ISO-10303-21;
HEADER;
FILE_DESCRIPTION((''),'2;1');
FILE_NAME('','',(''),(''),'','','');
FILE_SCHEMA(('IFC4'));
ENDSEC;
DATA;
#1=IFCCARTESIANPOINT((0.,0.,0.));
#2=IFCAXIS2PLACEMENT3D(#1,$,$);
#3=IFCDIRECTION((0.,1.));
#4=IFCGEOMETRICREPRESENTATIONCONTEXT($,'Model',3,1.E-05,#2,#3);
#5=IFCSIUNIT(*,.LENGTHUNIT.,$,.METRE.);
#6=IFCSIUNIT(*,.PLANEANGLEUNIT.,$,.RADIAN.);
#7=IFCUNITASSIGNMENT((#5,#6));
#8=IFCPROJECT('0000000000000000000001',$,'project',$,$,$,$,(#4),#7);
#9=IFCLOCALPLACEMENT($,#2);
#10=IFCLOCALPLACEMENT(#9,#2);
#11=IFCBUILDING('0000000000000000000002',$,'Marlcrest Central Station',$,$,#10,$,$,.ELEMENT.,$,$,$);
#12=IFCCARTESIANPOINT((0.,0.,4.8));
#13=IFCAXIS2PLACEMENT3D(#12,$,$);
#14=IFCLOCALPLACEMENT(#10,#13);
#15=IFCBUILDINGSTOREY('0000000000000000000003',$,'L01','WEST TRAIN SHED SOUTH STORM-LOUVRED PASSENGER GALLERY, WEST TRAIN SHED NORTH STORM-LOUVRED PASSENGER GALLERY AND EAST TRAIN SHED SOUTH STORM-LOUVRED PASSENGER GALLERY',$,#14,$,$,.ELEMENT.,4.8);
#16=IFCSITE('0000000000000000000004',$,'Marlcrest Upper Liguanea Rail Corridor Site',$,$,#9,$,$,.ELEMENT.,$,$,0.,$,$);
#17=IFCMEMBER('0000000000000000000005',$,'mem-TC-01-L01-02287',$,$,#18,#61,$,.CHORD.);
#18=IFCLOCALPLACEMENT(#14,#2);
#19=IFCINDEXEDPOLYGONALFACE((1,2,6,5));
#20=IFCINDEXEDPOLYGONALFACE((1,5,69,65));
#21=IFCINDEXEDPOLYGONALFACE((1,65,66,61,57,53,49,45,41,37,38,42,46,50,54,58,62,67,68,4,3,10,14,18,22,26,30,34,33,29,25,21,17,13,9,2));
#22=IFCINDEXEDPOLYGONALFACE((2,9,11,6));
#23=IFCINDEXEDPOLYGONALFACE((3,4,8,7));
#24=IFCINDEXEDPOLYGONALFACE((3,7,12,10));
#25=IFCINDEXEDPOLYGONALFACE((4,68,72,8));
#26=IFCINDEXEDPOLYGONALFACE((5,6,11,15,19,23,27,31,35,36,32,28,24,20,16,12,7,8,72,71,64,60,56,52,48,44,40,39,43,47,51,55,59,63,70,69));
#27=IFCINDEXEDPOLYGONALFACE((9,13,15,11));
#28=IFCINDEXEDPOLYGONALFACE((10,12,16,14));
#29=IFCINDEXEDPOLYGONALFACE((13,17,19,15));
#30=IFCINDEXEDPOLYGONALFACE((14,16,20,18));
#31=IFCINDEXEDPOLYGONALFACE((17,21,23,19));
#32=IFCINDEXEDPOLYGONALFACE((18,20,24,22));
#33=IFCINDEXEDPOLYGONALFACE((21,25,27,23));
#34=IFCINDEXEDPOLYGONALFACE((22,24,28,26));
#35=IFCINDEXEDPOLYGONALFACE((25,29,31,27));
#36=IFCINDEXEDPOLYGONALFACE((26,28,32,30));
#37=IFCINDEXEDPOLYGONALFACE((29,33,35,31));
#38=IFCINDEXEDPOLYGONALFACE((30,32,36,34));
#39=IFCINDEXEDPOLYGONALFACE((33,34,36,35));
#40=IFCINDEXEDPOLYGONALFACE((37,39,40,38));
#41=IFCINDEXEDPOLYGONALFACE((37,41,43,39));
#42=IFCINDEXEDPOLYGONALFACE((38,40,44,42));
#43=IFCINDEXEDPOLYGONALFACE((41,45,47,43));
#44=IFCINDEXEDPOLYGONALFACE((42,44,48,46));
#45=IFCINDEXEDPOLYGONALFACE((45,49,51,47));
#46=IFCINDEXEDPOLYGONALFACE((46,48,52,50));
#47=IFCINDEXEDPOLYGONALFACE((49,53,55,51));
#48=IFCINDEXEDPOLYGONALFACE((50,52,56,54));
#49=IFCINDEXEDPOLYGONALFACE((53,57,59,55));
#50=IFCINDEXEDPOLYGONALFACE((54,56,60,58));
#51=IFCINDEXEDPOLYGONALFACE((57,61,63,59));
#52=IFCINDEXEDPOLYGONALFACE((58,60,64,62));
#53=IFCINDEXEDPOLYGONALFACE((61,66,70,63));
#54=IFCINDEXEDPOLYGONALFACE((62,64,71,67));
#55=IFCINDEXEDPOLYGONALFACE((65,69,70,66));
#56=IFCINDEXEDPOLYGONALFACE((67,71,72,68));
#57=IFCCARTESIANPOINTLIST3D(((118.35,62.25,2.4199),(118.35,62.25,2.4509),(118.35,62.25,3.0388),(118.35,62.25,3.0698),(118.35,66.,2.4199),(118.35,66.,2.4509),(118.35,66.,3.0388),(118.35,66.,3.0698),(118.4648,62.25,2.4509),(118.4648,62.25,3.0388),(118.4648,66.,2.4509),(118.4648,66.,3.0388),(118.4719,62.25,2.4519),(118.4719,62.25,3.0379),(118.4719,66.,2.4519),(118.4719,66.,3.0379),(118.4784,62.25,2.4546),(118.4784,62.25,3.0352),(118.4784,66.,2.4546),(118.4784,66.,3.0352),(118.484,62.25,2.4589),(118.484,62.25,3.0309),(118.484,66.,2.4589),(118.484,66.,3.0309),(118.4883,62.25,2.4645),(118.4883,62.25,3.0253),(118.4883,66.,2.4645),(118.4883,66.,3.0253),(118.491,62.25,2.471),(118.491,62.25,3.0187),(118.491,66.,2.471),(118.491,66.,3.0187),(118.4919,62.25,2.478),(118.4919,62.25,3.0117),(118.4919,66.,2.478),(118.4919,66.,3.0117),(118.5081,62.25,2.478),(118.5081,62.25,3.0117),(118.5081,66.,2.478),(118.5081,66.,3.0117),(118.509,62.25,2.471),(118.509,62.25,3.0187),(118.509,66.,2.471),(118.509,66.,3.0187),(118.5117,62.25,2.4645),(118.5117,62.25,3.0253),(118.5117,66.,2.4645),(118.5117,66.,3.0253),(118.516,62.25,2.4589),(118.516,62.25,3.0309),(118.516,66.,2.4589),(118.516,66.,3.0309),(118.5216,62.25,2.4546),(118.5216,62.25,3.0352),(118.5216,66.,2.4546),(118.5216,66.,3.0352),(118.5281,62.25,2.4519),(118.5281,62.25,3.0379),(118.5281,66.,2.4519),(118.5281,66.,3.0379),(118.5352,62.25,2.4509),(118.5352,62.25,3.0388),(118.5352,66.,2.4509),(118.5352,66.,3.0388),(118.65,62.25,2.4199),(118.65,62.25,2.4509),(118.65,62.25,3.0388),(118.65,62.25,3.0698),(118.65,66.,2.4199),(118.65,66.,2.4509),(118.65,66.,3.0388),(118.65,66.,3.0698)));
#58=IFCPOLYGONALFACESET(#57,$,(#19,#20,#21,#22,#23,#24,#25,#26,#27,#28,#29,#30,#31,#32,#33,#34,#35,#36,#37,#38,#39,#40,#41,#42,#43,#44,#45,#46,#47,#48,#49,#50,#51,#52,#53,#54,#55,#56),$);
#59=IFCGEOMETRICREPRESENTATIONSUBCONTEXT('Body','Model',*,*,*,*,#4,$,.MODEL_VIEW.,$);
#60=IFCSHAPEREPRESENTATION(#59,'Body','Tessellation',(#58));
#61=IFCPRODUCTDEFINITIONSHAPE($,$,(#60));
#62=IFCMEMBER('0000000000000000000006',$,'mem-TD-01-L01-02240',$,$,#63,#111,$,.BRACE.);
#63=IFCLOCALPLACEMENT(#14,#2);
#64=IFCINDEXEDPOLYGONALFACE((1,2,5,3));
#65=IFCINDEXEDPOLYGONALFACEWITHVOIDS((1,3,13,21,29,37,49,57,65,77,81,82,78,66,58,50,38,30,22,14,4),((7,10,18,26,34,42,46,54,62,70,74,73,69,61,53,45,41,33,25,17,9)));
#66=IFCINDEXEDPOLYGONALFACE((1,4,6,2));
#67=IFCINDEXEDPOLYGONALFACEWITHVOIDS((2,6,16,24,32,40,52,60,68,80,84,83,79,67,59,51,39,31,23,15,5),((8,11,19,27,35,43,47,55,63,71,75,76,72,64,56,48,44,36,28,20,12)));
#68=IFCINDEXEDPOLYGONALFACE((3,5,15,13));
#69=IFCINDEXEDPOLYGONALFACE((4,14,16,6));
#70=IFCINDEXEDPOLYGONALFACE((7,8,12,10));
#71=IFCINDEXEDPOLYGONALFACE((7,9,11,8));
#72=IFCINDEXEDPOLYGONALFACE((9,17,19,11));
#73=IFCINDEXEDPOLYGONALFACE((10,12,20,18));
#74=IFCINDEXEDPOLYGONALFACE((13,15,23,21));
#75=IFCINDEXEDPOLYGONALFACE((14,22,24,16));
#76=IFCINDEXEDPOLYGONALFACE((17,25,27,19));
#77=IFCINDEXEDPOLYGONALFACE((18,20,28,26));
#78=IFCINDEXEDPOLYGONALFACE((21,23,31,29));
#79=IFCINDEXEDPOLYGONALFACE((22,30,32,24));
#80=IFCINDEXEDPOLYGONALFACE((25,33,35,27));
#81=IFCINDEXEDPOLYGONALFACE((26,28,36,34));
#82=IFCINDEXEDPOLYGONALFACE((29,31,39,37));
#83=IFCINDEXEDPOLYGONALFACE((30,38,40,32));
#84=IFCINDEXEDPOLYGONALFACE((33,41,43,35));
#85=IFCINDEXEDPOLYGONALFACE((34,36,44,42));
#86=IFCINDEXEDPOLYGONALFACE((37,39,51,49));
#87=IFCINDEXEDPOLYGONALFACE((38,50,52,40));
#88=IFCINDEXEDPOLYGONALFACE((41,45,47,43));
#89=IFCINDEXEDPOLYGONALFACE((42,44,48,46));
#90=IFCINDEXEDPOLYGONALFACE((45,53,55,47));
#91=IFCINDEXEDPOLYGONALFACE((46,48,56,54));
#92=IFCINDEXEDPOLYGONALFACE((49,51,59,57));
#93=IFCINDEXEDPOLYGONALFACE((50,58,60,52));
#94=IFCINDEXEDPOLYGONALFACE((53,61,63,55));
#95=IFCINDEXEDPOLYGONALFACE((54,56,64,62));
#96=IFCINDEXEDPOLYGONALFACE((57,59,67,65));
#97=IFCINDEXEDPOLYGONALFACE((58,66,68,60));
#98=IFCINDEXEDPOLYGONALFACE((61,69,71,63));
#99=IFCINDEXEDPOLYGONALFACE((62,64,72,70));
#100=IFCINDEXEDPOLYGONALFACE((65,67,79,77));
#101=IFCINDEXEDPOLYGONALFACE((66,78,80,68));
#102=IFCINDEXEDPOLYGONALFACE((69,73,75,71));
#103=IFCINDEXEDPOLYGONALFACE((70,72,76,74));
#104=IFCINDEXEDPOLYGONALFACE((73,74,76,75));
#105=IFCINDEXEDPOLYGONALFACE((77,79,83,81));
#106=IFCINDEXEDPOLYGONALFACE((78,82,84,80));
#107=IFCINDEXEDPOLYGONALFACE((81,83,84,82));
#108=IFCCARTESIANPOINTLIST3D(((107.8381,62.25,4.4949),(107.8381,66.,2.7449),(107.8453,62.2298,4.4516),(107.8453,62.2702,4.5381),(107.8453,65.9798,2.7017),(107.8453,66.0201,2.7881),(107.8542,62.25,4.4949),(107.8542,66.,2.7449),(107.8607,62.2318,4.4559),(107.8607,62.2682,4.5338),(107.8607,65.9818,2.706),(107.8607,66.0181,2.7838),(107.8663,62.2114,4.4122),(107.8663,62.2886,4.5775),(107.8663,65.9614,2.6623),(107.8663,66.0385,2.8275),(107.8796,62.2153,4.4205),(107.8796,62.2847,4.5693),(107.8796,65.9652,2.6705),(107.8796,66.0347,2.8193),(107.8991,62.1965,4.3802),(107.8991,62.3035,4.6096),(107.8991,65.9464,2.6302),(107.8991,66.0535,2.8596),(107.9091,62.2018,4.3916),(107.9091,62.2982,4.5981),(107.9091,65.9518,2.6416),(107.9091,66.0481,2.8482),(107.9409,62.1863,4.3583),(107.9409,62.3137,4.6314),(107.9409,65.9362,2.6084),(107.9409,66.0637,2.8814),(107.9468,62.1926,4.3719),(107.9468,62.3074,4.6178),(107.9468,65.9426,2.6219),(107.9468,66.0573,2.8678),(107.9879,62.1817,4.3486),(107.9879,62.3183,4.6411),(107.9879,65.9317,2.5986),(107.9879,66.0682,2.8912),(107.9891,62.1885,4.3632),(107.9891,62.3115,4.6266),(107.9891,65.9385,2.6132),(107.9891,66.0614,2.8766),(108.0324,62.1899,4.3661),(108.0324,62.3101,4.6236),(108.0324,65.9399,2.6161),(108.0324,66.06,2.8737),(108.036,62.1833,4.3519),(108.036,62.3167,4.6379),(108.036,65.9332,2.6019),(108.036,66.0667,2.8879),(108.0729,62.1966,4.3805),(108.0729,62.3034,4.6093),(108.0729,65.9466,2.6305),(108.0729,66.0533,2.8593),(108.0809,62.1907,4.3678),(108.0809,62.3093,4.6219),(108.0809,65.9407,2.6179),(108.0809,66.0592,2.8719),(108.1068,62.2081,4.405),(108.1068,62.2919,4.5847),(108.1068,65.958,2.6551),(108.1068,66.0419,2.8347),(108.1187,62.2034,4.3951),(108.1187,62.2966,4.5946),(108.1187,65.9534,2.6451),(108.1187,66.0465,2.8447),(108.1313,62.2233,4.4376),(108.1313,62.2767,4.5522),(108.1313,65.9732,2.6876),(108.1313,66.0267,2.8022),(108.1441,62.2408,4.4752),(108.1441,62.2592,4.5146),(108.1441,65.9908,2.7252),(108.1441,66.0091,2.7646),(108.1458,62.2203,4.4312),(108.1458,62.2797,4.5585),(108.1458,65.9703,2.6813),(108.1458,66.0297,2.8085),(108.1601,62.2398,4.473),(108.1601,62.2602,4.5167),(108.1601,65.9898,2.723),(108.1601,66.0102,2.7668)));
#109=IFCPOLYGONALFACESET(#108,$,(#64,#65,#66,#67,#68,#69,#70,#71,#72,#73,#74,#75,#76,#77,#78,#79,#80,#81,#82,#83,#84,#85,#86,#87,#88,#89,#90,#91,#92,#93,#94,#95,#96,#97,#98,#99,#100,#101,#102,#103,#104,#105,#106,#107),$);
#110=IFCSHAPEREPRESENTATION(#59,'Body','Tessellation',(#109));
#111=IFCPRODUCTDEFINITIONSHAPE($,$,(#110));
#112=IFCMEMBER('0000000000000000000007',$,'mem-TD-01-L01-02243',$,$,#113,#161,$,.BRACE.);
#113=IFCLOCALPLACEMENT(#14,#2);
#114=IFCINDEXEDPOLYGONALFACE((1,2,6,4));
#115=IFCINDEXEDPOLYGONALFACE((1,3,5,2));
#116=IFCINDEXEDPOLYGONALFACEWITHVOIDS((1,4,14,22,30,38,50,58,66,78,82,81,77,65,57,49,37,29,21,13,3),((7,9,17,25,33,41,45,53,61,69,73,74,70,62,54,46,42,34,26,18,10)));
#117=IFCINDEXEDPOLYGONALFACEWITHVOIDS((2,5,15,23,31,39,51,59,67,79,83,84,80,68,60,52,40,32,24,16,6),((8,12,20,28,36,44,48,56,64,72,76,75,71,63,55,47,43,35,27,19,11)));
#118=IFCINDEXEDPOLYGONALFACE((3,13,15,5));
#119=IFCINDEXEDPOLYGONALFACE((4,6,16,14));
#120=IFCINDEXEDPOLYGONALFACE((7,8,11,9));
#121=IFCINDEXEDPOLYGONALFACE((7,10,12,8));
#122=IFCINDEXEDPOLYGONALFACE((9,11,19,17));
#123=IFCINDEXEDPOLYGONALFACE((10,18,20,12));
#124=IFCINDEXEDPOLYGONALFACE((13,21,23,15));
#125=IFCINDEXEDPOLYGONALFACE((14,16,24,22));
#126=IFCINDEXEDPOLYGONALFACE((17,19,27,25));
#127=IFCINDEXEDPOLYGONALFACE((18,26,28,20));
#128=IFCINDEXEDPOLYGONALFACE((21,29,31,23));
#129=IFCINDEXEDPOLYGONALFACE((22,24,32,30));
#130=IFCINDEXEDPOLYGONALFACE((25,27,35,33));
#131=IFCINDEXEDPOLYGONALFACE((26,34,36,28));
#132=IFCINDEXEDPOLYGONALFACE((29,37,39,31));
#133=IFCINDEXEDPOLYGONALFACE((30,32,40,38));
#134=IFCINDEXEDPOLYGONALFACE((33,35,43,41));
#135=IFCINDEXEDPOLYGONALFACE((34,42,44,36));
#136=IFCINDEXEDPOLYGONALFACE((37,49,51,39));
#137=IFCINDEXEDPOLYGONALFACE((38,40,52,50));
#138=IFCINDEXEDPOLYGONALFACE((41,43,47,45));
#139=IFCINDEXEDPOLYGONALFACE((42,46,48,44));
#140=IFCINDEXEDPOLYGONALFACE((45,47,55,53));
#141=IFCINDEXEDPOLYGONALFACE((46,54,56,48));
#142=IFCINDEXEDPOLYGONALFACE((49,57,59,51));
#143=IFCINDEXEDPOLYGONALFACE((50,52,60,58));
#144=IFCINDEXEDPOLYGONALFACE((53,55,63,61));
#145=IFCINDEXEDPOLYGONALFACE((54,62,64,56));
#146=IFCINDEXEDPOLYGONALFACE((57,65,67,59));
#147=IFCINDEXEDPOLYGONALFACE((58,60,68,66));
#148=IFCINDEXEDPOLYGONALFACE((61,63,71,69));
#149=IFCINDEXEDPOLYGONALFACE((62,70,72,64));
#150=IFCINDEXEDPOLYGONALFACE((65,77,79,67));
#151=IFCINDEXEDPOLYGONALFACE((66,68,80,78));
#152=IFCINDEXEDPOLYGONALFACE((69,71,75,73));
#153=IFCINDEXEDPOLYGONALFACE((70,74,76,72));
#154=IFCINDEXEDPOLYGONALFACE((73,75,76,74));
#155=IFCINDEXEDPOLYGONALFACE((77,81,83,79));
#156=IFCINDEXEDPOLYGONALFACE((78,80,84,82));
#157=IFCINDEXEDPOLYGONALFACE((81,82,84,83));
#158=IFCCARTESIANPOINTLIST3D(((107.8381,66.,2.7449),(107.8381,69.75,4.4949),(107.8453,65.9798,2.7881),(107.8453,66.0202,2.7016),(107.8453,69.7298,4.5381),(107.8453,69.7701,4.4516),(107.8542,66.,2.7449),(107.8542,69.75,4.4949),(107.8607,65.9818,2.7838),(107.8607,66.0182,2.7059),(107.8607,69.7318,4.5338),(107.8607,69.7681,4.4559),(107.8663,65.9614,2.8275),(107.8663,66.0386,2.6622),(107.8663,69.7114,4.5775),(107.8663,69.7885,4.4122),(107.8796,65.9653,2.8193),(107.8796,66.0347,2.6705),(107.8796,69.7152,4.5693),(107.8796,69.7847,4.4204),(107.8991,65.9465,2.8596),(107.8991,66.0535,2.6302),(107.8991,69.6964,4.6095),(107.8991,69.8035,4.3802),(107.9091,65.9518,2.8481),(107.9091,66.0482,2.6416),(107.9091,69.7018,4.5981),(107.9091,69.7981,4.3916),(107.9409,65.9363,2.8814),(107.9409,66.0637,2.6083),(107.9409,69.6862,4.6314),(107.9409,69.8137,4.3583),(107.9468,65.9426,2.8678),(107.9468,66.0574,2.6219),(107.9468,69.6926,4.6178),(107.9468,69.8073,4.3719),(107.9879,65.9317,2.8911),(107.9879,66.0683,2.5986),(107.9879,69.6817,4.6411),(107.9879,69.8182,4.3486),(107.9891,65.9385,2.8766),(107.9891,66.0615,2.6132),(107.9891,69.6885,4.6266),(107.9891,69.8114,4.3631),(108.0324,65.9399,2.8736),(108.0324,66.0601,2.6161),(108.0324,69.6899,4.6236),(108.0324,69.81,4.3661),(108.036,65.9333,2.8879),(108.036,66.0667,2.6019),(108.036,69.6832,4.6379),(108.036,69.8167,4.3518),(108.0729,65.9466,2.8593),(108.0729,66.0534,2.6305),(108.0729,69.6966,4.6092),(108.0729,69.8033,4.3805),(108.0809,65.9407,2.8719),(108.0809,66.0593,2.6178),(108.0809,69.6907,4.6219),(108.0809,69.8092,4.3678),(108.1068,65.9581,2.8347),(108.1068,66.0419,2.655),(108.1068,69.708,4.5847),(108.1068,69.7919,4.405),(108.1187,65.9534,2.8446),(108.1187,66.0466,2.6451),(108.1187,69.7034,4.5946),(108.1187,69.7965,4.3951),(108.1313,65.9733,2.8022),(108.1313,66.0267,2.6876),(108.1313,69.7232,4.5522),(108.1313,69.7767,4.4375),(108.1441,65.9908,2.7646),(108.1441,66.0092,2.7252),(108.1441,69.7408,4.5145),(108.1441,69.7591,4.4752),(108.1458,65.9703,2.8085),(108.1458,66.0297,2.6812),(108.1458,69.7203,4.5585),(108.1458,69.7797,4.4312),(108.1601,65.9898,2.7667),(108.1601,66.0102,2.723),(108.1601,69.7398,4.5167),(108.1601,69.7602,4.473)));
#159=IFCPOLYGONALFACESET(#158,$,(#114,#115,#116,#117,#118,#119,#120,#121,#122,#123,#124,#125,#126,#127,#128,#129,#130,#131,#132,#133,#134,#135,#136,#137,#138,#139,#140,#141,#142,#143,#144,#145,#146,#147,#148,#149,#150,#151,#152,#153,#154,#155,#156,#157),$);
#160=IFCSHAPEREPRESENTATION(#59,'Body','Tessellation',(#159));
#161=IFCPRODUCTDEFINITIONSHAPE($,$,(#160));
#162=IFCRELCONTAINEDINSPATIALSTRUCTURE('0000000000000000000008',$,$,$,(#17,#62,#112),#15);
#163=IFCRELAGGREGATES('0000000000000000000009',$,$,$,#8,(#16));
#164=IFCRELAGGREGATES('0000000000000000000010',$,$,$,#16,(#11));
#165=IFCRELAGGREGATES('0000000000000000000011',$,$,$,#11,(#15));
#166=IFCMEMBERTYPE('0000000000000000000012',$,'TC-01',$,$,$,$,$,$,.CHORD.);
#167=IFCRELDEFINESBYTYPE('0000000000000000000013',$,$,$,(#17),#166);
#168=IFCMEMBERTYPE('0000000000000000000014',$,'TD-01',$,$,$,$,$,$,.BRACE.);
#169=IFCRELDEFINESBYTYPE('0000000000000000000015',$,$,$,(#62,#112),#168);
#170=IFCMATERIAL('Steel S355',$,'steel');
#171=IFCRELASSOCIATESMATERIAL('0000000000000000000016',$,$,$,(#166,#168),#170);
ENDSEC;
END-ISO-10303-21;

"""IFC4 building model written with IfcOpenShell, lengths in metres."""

from ifc_helpers import new_model, si_unit, direction, frame, origin, origin_2d, place, context, subcontext, project, spatial, hollow_circle, i_section, extrude, material, material_profile, profile_set, type_object, element, save


model = new_model("IFC4")

# Units and contexts
model_context = context("Model", 3, precision=1e-05, world=origin(), true_north=direction((0.0, 1.0)))
body_context = subcontext(model_context, "Body", "Model", "MODEL_VIEW")
ifc_project = project(units=[si_unit("LENGTHUNIT", "METRE"), si_unit("PLANEANGLEUNIT", "RADIAN")], contexts=[model_context])

# Site, building, storey
site_placement = place(None, origin())
site = spatial("IfcSite", under=ifc_project, at=site_placement, Name="Marlcrest Upper Liguanea Rail Corridor Site", CompositionType="ELEMENT", RefElevation=0.0)
building_placement = place(site_placement, origin())
building = spatial("IfcBuilding", under=site, at=building_placement, Name="Marlcrest Central Station", CompositionType="ELEMENT")
storey_placement = place(building_placement, frame((0.0, 0.0, 4.8)))
storey = spatial("IfcBuildingStorey", under=building, at=storey_placement, Name="L01", Description="WEST TRAIN SHED SOUTH STORM-LOUVRED PASSENGER GALLERY, WEST TRAIN SHED NORTH STORM-LOUVRED PASSENGER GALLERY AND EAST TRAIN SHED SOUTH STORM-LOUVRED PASSENGER GALLERY", CompositionType="ELEMENT", Elevation=4.8)

# Shared definitions
ifc_material = material(Name="Steel S355", Category="steel")

# Members
ifc_material_profile_1 = material_profile(ifc_material, i_section(OverallWidth=0.3, OverallDepth=0.6499, WebThickness=0.0161, FlangeThickness=0.031, FilletRadius=0.0271, at=origin_2d()), Name="HEB 650")
ifc_profile_set_1 = profile_set([ifc_material_profile_1], Name="Steel S355")
member_type_1 = type_object("IfcMemberType", Name="TC-01", PredefinedType="CHORD", material=ifc_profile_set_1)
for number, where, z_axis, x_axis, name in (
    (1, (118.5, 62.25, 2.7449), (0.0, 1.0, 0.0), (-1.0, 0.0, 0.0), "mem-TC-01-L01-02287"),
):
    element("IfcMember", number, at=place(storey_placement, frame(where, z_axis=z_axis, x_axis=x_axis)), inside=storey, type_object=member_type_1, Name=name, PredefinedType="CHORD", context=body_context, shape_type="SweptSolid", body=[
        extrude(i_section(OverallWidth=0.3, OverallDepth=0.6499, WebThickness=0.0161, FlangeThickness=0.031, FilletRadius=0.0271, at=origin_2d()), origin(), (0.0, 0.0, 1.0), 3.75),
    ])
ifc_material_profile_2 = material_profile(ifc_material, hollow_circle(Radius=0.1619, WallThickness=0.0161, at=origin_2d()), Name="CHS 323.9x16")
ifc_profile_set_2 = profile_set([ifc_material_profile_2], Name="Steel S355")
member_type_2 = type_object("IfcMemberType", Name="TD-01", PredefinedType="BRACE", material=ifc_profile_set_2)
for number, where, z_axis, x_axis, name in (
    (2, (108.0, 62.25, 4.4949), (0.0, 0.906183, -0.422885), (-1.0, 0.0, 0.0), "mem-TD-01-L01-02240"),
    (3, (108.0, 66.0, 2.7449), (0.0, 0.906183, 0.422885), (-1.0, 0.0, 0.0), "mem-TD-01-L01-02243"),
):
    element("IfcMember", number, at=place(storey_placement, frame(where, z_axis=z_axis, x_axis=x_axis)), inside=storey, type_object=member_type_2, Name=name, PredefinedType="BRACE", context=body_context, shape_type="SweptSolid", body=[
        extrude(hollow_circle(Radius=0.1619, WallThickness=0.0161, at=origin_2d()), origin(), (0.0, 0.0, 1.0), 4.1382),
    ])

save(model, "model.ifc")
